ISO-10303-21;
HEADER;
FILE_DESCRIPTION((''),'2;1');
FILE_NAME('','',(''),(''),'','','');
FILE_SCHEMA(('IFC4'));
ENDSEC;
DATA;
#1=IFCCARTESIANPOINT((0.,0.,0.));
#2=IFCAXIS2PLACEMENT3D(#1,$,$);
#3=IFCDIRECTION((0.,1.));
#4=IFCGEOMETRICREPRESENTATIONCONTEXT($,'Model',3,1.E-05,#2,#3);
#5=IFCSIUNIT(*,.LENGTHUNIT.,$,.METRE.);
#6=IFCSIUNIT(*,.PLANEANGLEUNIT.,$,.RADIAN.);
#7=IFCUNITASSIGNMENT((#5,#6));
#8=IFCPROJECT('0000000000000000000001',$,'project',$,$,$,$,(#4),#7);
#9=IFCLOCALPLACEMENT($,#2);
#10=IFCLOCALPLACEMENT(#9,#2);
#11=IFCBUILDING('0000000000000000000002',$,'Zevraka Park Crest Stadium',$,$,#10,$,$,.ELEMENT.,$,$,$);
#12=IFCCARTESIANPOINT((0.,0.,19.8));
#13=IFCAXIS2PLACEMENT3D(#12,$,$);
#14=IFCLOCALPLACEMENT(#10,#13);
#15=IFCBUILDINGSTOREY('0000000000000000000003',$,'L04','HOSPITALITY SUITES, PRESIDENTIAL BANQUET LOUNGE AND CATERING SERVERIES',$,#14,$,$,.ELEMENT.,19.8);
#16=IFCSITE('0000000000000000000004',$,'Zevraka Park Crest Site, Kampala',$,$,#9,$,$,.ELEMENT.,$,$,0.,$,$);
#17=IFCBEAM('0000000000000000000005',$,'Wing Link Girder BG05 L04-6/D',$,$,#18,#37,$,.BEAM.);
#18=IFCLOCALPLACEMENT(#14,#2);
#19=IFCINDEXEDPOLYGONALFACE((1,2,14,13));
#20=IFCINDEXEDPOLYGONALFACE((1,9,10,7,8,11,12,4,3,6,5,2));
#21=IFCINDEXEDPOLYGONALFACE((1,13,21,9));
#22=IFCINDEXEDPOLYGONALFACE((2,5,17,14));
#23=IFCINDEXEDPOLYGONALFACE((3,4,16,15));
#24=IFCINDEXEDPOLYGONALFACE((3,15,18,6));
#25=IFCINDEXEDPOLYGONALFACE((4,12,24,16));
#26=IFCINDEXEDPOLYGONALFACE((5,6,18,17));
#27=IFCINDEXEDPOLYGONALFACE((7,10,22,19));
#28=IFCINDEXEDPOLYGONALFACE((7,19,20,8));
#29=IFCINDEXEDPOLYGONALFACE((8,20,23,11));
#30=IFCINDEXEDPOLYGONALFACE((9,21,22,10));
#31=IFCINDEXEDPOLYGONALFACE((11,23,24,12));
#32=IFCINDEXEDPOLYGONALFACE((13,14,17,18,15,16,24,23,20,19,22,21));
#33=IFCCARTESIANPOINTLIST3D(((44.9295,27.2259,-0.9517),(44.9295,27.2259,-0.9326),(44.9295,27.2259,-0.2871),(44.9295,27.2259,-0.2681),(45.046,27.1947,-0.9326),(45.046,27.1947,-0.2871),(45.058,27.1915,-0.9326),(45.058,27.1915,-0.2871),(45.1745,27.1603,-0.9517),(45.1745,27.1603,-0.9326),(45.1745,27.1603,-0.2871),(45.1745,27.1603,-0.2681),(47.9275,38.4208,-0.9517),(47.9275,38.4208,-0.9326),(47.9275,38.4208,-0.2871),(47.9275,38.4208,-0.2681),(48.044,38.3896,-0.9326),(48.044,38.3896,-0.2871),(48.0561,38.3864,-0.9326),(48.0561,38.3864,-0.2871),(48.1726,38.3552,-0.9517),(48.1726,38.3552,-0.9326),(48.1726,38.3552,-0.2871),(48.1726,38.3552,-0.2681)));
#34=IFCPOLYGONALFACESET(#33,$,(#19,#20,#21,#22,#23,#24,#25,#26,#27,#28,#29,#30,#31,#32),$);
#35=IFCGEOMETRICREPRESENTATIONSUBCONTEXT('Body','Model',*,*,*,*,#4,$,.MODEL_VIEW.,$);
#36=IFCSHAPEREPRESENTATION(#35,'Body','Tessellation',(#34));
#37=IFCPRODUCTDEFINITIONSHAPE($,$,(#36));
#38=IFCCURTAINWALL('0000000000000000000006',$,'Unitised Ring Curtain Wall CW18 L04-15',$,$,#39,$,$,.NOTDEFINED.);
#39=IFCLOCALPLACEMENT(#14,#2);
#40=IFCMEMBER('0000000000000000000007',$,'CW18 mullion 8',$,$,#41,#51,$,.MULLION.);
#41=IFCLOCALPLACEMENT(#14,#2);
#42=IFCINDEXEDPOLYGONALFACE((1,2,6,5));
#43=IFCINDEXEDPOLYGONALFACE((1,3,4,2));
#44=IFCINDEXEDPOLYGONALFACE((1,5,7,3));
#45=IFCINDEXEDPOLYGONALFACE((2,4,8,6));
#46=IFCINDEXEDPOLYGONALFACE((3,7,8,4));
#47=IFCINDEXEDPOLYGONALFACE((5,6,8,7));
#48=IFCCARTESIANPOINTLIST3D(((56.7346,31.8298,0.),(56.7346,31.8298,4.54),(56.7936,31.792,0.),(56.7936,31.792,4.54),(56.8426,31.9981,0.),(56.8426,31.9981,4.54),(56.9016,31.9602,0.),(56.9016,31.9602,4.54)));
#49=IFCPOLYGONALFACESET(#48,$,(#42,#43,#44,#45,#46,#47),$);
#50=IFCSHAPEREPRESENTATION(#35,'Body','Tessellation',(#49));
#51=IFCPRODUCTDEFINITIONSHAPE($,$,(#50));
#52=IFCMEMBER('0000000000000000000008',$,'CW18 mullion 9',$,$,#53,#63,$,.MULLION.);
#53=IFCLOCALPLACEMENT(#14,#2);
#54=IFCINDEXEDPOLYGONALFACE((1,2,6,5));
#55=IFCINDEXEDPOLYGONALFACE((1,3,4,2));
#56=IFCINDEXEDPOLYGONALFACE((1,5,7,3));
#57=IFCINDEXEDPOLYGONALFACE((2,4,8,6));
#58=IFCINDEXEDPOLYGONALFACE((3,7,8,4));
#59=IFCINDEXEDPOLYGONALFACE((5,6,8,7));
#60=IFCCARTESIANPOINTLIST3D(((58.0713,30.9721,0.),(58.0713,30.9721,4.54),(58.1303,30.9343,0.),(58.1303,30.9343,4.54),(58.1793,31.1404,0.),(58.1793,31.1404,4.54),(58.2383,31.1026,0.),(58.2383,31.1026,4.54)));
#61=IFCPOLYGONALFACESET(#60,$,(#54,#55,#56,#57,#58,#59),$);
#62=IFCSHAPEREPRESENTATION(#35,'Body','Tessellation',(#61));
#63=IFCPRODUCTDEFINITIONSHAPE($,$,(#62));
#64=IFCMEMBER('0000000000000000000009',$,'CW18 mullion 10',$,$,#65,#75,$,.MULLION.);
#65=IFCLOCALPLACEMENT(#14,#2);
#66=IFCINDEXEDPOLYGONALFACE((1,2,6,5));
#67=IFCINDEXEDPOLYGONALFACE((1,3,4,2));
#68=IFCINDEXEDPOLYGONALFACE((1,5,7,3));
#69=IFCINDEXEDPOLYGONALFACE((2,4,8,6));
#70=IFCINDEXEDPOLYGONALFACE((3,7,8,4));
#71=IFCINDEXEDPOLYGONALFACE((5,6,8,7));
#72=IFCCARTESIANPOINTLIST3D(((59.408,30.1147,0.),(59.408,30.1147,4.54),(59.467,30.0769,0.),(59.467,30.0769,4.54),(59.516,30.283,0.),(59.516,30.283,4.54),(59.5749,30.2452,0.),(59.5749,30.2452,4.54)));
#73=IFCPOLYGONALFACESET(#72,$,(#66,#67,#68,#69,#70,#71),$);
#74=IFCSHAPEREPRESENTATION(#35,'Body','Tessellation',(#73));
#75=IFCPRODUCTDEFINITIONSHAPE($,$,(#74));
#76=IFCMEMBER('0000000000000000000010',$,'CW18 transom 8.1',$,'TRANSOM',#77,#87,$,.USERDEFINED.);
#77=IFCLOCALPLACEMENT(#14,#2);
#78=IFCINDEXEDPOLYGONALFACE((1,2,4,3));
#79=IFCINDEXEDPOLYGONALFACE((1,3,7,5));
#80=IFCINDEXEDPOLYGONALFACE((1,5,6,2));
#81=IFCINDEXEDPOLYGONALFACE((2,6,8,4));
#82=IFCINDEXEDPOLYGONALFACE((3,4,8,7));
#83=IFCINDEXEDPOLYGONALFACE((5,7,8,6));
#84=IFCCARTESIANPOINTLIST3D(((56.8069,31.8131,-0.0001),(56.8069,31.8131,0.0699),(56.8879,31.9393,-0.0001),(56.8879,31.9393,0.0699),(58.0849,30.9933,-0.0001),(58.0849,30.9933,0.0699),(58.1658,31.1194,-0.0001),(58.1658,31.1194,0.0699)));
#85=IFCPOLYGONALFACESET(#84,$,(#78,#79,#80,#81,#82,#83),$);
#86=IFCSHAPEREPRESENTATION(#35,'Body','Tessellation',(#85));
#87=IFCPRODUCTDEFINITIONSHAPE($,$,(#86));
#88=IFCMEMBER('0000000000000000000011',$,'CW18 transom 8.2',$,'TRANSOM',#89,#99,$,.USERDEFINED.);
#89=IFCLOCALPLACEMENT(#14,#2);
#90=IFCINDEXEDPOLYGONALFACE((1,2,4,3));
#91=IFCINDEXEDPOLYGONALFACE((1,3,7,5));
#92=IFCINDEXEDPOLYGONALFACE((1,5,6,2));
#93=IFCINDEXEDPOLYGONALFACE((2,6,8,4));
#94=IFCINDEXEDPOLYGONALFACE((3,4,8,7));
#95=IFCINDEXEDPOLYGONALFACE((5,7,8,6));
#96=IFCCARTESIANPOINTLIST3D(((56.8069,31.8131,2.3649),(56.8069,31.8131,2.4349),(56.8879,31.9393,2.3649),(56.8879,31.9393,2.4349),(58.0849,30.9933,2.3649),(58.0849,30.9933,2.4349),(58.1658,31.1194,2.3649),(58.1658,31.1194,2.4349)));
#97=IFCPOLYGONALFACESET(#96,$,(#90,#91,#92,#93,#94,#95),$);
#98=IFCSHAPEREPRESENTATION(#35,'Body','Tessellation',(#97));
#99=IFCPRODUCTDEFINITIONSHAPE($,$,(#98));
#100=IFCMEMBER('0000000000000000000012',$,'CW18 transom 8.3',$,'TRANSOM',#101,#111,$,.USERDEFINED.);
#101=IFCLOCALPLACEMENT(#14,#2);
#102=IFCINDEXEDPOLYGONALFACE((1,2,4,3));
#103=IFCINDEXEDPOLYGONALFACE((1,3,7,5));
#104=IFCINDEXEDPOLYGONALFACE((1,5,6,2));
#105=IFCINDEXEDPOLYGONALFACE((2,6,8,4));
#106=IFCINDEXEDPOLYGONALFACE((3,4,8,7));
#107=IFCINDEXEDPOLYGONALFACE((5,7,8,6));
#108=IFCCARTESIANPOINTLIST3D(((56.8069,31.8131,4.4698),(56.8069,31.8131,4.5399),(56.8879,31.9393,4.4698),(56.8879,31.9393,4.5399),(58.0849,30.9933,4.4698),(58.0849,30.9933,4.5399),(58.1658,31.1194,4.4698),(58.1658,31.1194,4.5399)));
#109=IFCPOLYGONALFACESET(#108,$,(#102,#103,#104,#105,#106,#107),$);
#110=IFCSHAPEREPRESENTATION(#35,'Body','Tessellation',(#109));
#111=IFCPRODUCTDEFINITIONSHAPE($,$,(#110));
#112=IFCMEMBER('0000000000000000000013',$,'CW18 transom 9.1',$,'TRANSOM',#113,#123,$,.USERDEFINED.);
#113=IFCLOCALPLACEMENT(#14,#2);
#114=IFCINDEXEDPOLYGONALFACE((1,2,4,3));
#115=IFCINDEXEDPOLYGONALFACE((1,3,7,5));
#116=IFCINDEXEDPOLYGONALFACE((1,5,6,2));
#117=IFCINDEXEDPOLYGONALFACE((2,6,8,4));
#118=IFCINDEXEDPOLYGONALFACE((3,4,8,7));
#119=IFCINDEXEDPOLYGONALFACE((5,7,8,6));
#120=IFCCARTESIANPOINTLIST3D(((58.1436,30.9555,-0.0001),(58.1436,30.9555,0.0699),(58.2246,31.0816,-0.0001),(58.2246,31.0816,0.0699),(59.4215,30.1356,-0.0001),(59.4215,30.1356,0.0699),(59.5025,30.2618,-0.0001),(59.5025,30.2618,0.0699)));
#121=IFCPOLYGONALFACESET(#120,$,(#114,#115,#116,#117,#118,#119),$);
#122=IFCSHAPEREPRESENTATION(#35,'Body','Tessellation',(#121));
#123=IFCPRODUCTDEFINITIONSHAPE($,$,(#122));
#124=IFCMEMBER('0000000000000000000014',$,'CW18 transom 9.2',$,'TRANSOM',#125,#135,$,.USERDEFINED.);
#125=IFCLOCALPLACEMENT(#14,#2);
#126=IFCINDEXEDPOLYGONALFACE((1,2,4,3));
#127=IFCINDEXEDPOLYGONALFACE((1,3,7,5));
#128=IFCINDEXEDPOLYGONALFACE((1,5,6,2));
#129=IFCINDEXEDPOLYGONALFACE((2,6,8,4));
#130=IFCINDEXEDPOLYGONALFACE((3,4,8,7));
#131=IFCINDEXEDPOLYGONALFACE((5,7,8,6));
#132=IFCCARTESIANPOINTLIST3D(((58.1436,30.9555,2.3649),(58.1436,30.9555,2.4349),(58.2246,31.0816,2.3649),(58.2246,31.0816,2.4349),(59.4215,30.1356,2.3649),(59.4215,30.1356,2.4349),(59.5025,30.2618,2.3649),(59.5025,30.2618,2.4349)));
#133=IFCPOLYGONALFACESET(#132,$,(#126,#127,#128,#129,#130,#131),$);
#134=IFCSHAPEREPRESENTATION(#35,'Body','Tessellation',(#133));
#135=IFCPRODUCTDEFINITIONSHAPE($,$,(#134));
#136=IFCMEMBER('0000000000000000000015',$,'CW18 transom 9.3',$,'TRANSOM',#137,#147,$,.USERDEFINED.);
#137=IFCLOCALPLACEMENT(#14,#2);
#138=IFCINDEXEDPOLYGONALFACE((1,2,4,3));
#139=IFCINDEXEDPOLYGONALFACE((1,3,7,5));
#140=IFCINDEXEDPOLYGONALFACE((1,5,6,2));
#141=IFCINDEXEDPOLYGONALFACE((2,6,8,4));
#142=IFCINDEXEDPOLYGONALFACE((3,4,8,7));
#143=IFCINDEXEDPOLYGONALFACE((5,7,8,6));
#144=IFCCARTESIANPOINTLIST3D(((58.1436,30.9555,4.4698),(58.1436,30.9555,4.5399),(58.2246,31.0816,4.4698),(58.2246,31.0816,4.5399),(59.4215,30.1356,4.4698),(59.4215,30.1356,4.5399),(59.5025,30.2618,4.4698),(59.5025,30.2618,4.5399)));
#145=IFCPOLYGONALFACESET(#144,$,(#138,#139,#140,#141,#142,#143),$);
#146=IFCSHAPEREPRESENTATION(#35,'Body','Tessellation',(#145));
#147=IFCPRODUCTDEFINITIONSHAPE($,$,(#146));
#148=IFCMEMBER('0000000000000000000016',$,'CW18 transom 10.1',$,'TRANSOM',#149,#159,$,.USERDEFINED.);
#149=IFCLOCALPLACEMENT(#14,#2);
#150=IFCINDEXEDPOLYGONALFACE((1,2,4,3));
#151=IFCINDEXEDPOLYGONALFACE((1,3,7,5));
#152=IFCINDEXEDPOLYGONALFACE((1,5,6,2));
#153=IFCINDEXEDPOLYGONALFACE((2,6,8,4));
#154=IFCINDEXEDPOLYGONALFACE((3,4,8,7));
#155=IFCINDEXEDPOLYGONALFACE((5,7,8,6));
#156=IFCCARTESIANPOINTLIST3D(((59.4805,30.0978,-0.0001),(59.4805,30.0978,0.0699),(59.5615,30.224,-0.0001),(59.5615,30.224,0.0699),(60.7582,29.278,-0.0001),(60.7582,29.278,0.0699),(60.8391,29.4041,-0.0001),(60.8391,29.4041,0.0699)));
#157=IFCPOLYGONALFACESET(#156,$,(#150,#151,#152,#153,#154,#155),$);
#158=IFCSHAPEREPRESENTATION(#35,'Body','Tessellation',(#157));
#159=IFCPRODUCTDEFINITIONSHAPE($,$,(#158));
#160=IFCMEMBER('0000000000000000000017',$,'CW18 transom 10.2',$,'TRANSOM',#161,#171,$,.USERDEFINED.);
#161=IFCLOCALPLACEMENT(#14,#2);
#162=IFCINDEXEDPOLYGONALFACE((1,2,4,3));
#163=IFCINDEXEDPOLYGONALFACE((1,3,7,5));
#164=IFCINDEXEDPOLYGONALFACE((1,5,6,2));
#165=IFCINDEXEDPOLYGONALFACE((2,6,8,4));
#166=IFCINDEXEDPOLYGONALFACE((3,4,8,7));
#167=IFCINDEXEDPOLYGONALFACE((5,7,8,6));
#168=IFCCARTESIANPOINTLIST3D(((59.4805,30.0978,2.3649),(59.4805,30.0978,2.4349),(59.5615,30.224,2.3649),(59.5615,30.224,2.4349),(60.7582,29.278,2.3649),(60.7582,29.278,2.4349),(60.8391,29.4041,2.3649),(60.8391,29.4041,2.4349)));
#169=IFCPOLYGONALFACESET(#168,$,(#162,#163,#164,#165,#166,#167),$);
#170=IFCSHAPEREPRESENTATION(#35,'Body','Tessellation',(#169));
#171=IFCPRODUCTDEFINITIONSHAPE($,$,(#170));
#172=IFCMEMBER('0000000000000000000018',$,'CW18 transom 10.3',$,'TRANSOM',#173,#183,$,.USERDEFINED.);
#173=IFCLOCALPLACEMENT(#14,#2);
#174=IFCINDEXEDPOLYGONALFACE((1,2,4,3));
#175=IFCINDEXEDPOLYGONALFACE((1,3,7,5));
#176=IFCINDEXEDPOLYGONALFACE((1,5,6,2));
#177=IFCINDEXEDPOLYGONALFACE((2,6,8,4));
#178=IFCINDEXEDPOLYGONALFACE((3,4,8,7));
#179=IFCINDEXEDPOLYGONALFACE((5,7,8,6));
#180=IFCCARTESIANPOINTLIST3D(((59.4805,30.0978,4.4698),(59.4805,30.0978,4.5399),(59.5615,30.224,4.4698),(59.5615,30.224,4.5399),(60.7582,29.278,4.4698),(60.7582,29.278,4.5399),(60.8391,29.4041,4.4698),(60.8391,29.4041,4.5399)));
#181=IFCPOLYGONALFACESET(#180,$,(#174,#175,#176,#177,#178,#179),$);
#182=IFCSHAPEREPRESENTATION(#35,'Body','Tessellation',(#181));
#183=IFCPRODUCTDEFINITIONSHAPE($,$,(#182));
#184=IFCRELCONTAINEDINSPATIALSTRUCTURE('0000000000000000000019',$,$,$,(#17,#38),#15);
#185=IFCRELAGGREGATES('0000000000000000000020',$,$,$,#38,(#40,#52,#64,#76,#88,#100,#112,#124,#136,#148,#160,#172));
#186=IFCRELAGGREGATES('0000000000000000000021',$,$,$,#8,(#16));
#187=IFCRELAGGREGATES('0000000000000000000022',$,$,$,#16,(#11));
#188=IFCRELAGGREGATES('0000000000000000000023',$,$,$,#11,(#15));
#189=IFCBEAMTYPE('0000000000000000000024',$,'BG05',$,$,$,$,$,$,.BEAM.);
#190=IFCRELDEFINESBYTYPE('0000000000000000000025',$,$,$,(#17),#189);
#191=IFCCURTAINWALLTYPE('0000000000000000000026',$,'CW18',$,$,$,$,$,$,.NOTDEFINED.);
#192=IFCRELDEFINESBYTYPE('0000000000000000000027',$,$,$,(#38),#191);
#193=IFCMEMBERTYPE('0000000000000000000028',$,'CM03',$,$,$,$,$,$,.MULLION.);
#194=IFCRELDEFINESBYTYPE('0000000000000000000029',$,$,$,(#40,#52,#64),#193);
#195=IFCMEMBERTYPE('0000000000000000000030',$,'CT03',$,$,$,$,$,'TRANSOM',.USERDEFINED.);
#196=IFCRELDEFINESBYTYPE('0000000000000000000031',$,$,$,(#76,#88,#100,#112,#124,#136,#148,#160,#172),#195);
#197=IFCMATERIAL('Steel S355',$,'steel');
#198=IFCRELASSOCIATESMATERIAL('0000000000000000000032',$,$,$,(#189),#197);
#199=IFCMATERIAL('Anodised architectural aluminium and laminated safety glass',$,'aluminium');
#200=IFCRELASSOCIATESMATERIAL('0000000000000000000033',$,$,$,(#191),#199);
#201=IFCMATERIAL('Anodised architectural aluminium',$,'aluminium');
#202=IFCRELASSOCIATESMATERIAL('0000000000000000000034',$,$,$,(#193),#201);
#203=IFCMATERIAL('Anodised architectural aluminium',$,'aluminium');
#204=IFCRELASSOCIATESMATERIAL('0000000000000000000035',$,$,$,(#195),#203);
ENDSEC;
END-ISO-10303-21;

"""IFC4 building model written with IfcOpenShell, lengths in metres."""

from ifc_helpers import new_model, si_unit, direction, frame, origin, origin_2d, place, context, subcontext, project, spatial, rectangle, i_section, extrude, material, material_profile, profile_set, type_object, element, aggregate, save


model = new_model("IFC4")

# Units and contexts
model_context = context("Model", 3, precision=1e-05, world=origin(), true_north=direction((0.0, 1.0)))
body_context = subcontext(model_context, "Body", "Model", "MODEL_VIEW")
ifc_project = project(units=[si_unit("LENGTHUNIT", "METRE"), si_unit("PLANEANGLEUNIT", "RADIAN")], contexts=[model_context])

# Site, building, storey
site_placement = place(None, origin())
site = spatial("IfcSite", under=ifc_project, at=site_placement, Name="Zevraka Park Crest Site, Kampala", CompositionType="ELEMENT", RefElevation=0.0)
building_placement = place(site_placement, origin())
building = spatial("IfcBuilding", under=site, at=building_placement, Name="Zevraka Park Crest Stadium", CompositionType="ELEMENT")
storey_placement = place(building_placement, frame((0.0, 0.0, 19.8)))
storey = spatial("IfcBuildingStorey", under=building, at=storey_placement, Name="L04", Description="HOSPITALITY SUITES, PRESIDENTIAL BANQUET LOUNGE AND CATERING SERVERIES", CompositionType="ELEMENT", Elevation=19.8)

# Beam
ifc_material_1 = material(Name="Steel S355", Category="steel")
ifc_material_profile_1 = material_profile(ifc_material_1, i_section(OverallWidth=0.2537, OverallDepth=0.6836, WebThickness=0.0125, FlangeThickness=0.019, at=origin_2d()), Name="UKB 686x254x140")
ifc_profile_set_1 = profile_set([ifc_material_profile_1], Name="Steel S355")
beam_type = type_object("IfcBeamType", Name="BG05", PredefinedType="BEAM", material=ifc_profile_set_1)
beam_placement = place(storey_placement, frame((45.052, 27.1931, -0.6099), z_axis=(0.25869, 0.96596, 0.0), x_axis=(-0.96596, 0.25869, 0.0)))
element("IfcBeam", 1, at=beam_placement, inside=storey, type_object=beam_type, Name="Wing Link Girder BG05 L04-6/D", PredefinedType="BEAM", context=body_context, shape_type="SweptSolid", body=[
    extrude(i_section(OverallWidth=0.2537, OverallDepth=0.6836, WebThickness=0.0125, FlangeThickness=0.019, at=origin_2d()), origin(), (0.0, 0.0, 1.0), 11.5894),
])

# Curtain wall, members
ifc_material_2 = material(Name="Anodised architectural aluminium and laminated safety glass", Category="aluminium")
curtain_wall_type = type_object("IfcCurtainWallType", Name="CW18", PredefinedType="NOTDEFINED", material=ifc_material_2)
curtain_wall_placement = place(storey_placement, origin())
curtain_wall = element("IfcCurtainWall", 2, at=curtain_wall_placement, inside=storey, type_object=curtain_wall_type, Name="Unitised Ring Curtain Wall CW18 L04-15", PredefinedType="NOTDEFINED")
ifc_material_3 = material(Name="Anodised architectural aluminium", Category="aluminium")
ifc_material_profile_2 = material_profile(ifc_material_3, rectangle(XDim=0.2, YDim=0.0701, at=origin_2d()), Name="ALU MULLION 200x70")
ifc_profile_set_2 = profile_set([ifc_material_profile_2], Name="Anodised architectural aluminium")
member_type_1 = type_object("IfcMemberType", Name="CM03", PredefinedType="MULLION", material=ifc_profile_set_2)
member_1_placement = place(storey_placement, frame((56.8181, 31.895, 0.0), z_axis=(0.0, 0.0, 1.0), x_axis=(0.53998, 0.841678, 0.0)))
member_1 = element("IfcMember", 3, at=member_1_placement, type_object=member_type_1, Name="CW18 mullion 8", PredefinedType="MULLION", context=body_context, shape_type="SweptSolid", body=[
    extrude(rectangle(XDim=0.2, YDim=0.0701, at=origin_2d()), origin(), (0.0, 0.0, 1.0), 4.54),
])
member_2_placement = place(storey_placement, frame((58.1548, 31.0374, 0.0), z_axis=(0.0, 0.0, 1.0), x_axis=(0.53998, 0.841678, 0.0)))
member_2 = element("IfcMember", 4, at=member_2_placement, type_object=member_type_1, Name="CW18 mullion 9", PredefinedType="MULLION", context=body_context, shape_type="SweptSolid", body=[
    extrude(rectangle(XDim=0.2, YDim=0.0701, at=origin_2d()), origin(), (0.0, 0.0, 1.0), 4.54),
])
member_3_placement = place(storey_placement, frame((59.4915, 30.1799, 0.0), z_axis=(0.0, 0.0, 1.0), x_axis=(0.53998, 0.841678, 0.0)))
member_3 = element("IfcMember", 5, at=member_3_placement, type_object=member_type_1, Name="CW18 mullion 10", PredefinedType="MULLION", context=body_context, shape_type="SweptSolid", body=[
    extrude(rectangle(XDim=0.2, YDim=0.0701, at=origin_2d()), origin(), (0.0, 0.0, 1.0), 4.54),
])
ifc_material_4 = material(Name="Anodised architectural aluminium", Category="aluminium")
ifc_material_profile_3 = material_profile(ifc_material_4, rectangle(XDim=0.1499, YDim=0.0701, at=origin_2d()), Name="ALU TRANSOM 150x70")
ifc_profile_set_3 = profile_set([ifc_material_profile_3], Name="Anodised architectural aluminium")
member_type_2 = type_object("IfcMemberType", Name="CT03", ElementType="TRANSOM", PredefinedType="USERDEFINED", material=ifc_profile_set_3)
member_4_placement = place(storey_placement, frame((56.8474, 31.8762, 0.0349), z_axis=(0.841669, -0.539993, 0.0), x_axis=(0.539993, 0.841669, 0.0)))
member_4 = element("IfcMember", 6, at=member_4_placement, type_object=member_type_2, Name="CW18 transom 8.1", ObjectType="TRANSOM", PredefinedType="USERDEFINED", context=body_context, shape_type="SweptSolid", body=[
    extrude(rectangle(XDim=0.1499, YDim=0.0701, at=origin_2d()), origin(), (0.0, 0.0, 1.0), 1.5183),
])
member_5_placement = place(storey_placement, frame((56.8474, 31.8762, 2.3999), z_axis=(0.841669, -0.539993, 0.0), x_axis=(0.539993, 0.841669, 0.0)))
member_5 = element("IfcMember", 7, at=member_5_placement, type_object=member_type_2, Name="CW18 transom 8.2", ObjectType="TRANSOM", PredefinedType="USERDEFINED", context=body_context, shape_type="SweptSolid", body=[
    extrude(rectangle(XDim=0.1499, YDim=0.0701, at=origin_2d()), origin(), (0.0, 0.0, 1.0), 1.5183),
])
member_6_placement = place(storey_placement, frame((56.8474, 31.8762, 4.5049), z_axis=(0.841669, -0.539993, 0.0), x_axis=(0.539993, 0.841669, 0.0)))
member_6 = element("IfcMember", 8, at=member_6_placement, type_object=member_type_2, Name="CW18 transom 8.3", ObjectType="TRANSOM", PredefinedType="USERDEFINED", context=body_context, shape_type="SweptSolid", body=[
    extrude(rectangle(XDim=0.1499, YDim=0.0701, at=origin_2d()), origin(), (0.0, 0.0, 1.0), 1.5183),
])
member_7_placement = place(storey_placement, frame((58.1841, 31.0186, 0.0349), z_axis=(0.841669, -0.539993, 0.0), x_axis=(0.539993, 0.841669, 0.0)))
member_7 = element("IfcMember", 9, at=member_7_placement, type_object=member_type_2, Name="CW18 transom 9.1", ObjectType="TRANSOM", PredefinedType="USERDEFINED", context=body_context, shape_type="SweptSolid", body=[
    extrude(rectangle(XDim=0.1499, YDim=0.0701, at=origin_2d()), origin(), (0.0, 0.0, 1.0), 1.5183),
])
member_8_placement = place(storey_placement, frame((58.1841, 31.0186, 2.3999), z_axis=(0.841669, -0.539993, 0.0), x_axis=(0.539993, 0.841669, 0.0)))
member_8 = element("IfcMember", 10, at=member_8_placement, type_object=member_type_2, Name="CW18 transom 9.2", ObjectType="TRANSOM", PredefinedType="USERDEFINED", context=body_context, shape_type="SweptSolid", body=[
    extrude(rectangle(XDim=0.1499, YDim=0.0701, at=origin_2d()), origin(), (0.0, 0.0, 1.0), 1.5183),
])
member_9_placement = place(storey_placement, frame((58.1841, 31.0186, 4.5049), z_axis=(0.841669, -0.539993, 0.0), x_axis=(0.539993, 0.841669, 0.0)))
member_9 = element("IfcMember", 11, at=member_9_placement, type_object=member_type_2, Name="CW18 transom 9.3", ObjectType="TRANSOM", PredefinedType="USERDEFINED", context=body_context, shape_type="SweptSolid", body=[
    extrude(rectangle(XDim=0.1499, YDim=0.0701, at=origin_2d()), origin(), (0.0, 0.0, 1.0), 1.5183),
])
member_10_placement = place(storey_placement, frame((59.521, 30.1609, 0.0349), z_axis=(0.841622, -0.540066, 0.0), x_axis=(0.540066, 0.841622, 0.0)))
member_10 = element("IfcMember", 12, at=member_10_placement, type_object=member_type_2, Name="CW18 transom 10.1", ObjectType="TRANSOM", PredefinedType="USERDEFINED", context=body_context, shape_type="SweptSolid", body=[
    extrude(rectangle(XDim=0.1499, YDim=0.0701, at=origin_2d()), origin(), (0.0, 0.0, 1.0), 1.5181),
])
member_11_placement = place(storey_placement, frame((59.521, 30.1609, 2.3999), z_axis=(0.841622, -0.540066, 0.0), x_axis=(0.540066, 0.841622, 0.0)))
member_11 = element("IfcMember", 13, at=member_11_placement, type_object=member_type_2, Name="CW18 transom 10.2", ObjectType="TRANSOM", PredefinedType="USERDEFINED", context=body_context, shape_type="SweptSolid", body=[
    extrude(rectangle(XDim=0.1499, YDim=0.0701, at=origin_2d()), origin(), (0.0, 0.0, 1.0), 1.5181),
])
member_12_placement = place(storey_placement, frame((59.521, 30.1609, 4.5049), z_axis=(0.841622, -0.540066, 0.0), x_axis=(0.540066, 0.841622, 0.0)))
member_12 = element("IfcMember", 14, at=member_12_placement, type_object=member_type_2, Name="CW18 transom 10.3", ObjectType="TRANSOM", PredefinedType="USERDEFINED", context=body_context, shape_type="SweptSolid", body=[
    extrude(rectangle(XDim=0.1499, YDim=0.0701, at=origin_2d()), origin(), (0.0, 0.0, 1.0), 1.5181),
])
aggregate(curtain_wall, [member_1, member_2, member_3, member_4, member_5, member_6, member_7, member_8, member_9, member_10, member_11, member_12])

save(model, "model.ifc")
